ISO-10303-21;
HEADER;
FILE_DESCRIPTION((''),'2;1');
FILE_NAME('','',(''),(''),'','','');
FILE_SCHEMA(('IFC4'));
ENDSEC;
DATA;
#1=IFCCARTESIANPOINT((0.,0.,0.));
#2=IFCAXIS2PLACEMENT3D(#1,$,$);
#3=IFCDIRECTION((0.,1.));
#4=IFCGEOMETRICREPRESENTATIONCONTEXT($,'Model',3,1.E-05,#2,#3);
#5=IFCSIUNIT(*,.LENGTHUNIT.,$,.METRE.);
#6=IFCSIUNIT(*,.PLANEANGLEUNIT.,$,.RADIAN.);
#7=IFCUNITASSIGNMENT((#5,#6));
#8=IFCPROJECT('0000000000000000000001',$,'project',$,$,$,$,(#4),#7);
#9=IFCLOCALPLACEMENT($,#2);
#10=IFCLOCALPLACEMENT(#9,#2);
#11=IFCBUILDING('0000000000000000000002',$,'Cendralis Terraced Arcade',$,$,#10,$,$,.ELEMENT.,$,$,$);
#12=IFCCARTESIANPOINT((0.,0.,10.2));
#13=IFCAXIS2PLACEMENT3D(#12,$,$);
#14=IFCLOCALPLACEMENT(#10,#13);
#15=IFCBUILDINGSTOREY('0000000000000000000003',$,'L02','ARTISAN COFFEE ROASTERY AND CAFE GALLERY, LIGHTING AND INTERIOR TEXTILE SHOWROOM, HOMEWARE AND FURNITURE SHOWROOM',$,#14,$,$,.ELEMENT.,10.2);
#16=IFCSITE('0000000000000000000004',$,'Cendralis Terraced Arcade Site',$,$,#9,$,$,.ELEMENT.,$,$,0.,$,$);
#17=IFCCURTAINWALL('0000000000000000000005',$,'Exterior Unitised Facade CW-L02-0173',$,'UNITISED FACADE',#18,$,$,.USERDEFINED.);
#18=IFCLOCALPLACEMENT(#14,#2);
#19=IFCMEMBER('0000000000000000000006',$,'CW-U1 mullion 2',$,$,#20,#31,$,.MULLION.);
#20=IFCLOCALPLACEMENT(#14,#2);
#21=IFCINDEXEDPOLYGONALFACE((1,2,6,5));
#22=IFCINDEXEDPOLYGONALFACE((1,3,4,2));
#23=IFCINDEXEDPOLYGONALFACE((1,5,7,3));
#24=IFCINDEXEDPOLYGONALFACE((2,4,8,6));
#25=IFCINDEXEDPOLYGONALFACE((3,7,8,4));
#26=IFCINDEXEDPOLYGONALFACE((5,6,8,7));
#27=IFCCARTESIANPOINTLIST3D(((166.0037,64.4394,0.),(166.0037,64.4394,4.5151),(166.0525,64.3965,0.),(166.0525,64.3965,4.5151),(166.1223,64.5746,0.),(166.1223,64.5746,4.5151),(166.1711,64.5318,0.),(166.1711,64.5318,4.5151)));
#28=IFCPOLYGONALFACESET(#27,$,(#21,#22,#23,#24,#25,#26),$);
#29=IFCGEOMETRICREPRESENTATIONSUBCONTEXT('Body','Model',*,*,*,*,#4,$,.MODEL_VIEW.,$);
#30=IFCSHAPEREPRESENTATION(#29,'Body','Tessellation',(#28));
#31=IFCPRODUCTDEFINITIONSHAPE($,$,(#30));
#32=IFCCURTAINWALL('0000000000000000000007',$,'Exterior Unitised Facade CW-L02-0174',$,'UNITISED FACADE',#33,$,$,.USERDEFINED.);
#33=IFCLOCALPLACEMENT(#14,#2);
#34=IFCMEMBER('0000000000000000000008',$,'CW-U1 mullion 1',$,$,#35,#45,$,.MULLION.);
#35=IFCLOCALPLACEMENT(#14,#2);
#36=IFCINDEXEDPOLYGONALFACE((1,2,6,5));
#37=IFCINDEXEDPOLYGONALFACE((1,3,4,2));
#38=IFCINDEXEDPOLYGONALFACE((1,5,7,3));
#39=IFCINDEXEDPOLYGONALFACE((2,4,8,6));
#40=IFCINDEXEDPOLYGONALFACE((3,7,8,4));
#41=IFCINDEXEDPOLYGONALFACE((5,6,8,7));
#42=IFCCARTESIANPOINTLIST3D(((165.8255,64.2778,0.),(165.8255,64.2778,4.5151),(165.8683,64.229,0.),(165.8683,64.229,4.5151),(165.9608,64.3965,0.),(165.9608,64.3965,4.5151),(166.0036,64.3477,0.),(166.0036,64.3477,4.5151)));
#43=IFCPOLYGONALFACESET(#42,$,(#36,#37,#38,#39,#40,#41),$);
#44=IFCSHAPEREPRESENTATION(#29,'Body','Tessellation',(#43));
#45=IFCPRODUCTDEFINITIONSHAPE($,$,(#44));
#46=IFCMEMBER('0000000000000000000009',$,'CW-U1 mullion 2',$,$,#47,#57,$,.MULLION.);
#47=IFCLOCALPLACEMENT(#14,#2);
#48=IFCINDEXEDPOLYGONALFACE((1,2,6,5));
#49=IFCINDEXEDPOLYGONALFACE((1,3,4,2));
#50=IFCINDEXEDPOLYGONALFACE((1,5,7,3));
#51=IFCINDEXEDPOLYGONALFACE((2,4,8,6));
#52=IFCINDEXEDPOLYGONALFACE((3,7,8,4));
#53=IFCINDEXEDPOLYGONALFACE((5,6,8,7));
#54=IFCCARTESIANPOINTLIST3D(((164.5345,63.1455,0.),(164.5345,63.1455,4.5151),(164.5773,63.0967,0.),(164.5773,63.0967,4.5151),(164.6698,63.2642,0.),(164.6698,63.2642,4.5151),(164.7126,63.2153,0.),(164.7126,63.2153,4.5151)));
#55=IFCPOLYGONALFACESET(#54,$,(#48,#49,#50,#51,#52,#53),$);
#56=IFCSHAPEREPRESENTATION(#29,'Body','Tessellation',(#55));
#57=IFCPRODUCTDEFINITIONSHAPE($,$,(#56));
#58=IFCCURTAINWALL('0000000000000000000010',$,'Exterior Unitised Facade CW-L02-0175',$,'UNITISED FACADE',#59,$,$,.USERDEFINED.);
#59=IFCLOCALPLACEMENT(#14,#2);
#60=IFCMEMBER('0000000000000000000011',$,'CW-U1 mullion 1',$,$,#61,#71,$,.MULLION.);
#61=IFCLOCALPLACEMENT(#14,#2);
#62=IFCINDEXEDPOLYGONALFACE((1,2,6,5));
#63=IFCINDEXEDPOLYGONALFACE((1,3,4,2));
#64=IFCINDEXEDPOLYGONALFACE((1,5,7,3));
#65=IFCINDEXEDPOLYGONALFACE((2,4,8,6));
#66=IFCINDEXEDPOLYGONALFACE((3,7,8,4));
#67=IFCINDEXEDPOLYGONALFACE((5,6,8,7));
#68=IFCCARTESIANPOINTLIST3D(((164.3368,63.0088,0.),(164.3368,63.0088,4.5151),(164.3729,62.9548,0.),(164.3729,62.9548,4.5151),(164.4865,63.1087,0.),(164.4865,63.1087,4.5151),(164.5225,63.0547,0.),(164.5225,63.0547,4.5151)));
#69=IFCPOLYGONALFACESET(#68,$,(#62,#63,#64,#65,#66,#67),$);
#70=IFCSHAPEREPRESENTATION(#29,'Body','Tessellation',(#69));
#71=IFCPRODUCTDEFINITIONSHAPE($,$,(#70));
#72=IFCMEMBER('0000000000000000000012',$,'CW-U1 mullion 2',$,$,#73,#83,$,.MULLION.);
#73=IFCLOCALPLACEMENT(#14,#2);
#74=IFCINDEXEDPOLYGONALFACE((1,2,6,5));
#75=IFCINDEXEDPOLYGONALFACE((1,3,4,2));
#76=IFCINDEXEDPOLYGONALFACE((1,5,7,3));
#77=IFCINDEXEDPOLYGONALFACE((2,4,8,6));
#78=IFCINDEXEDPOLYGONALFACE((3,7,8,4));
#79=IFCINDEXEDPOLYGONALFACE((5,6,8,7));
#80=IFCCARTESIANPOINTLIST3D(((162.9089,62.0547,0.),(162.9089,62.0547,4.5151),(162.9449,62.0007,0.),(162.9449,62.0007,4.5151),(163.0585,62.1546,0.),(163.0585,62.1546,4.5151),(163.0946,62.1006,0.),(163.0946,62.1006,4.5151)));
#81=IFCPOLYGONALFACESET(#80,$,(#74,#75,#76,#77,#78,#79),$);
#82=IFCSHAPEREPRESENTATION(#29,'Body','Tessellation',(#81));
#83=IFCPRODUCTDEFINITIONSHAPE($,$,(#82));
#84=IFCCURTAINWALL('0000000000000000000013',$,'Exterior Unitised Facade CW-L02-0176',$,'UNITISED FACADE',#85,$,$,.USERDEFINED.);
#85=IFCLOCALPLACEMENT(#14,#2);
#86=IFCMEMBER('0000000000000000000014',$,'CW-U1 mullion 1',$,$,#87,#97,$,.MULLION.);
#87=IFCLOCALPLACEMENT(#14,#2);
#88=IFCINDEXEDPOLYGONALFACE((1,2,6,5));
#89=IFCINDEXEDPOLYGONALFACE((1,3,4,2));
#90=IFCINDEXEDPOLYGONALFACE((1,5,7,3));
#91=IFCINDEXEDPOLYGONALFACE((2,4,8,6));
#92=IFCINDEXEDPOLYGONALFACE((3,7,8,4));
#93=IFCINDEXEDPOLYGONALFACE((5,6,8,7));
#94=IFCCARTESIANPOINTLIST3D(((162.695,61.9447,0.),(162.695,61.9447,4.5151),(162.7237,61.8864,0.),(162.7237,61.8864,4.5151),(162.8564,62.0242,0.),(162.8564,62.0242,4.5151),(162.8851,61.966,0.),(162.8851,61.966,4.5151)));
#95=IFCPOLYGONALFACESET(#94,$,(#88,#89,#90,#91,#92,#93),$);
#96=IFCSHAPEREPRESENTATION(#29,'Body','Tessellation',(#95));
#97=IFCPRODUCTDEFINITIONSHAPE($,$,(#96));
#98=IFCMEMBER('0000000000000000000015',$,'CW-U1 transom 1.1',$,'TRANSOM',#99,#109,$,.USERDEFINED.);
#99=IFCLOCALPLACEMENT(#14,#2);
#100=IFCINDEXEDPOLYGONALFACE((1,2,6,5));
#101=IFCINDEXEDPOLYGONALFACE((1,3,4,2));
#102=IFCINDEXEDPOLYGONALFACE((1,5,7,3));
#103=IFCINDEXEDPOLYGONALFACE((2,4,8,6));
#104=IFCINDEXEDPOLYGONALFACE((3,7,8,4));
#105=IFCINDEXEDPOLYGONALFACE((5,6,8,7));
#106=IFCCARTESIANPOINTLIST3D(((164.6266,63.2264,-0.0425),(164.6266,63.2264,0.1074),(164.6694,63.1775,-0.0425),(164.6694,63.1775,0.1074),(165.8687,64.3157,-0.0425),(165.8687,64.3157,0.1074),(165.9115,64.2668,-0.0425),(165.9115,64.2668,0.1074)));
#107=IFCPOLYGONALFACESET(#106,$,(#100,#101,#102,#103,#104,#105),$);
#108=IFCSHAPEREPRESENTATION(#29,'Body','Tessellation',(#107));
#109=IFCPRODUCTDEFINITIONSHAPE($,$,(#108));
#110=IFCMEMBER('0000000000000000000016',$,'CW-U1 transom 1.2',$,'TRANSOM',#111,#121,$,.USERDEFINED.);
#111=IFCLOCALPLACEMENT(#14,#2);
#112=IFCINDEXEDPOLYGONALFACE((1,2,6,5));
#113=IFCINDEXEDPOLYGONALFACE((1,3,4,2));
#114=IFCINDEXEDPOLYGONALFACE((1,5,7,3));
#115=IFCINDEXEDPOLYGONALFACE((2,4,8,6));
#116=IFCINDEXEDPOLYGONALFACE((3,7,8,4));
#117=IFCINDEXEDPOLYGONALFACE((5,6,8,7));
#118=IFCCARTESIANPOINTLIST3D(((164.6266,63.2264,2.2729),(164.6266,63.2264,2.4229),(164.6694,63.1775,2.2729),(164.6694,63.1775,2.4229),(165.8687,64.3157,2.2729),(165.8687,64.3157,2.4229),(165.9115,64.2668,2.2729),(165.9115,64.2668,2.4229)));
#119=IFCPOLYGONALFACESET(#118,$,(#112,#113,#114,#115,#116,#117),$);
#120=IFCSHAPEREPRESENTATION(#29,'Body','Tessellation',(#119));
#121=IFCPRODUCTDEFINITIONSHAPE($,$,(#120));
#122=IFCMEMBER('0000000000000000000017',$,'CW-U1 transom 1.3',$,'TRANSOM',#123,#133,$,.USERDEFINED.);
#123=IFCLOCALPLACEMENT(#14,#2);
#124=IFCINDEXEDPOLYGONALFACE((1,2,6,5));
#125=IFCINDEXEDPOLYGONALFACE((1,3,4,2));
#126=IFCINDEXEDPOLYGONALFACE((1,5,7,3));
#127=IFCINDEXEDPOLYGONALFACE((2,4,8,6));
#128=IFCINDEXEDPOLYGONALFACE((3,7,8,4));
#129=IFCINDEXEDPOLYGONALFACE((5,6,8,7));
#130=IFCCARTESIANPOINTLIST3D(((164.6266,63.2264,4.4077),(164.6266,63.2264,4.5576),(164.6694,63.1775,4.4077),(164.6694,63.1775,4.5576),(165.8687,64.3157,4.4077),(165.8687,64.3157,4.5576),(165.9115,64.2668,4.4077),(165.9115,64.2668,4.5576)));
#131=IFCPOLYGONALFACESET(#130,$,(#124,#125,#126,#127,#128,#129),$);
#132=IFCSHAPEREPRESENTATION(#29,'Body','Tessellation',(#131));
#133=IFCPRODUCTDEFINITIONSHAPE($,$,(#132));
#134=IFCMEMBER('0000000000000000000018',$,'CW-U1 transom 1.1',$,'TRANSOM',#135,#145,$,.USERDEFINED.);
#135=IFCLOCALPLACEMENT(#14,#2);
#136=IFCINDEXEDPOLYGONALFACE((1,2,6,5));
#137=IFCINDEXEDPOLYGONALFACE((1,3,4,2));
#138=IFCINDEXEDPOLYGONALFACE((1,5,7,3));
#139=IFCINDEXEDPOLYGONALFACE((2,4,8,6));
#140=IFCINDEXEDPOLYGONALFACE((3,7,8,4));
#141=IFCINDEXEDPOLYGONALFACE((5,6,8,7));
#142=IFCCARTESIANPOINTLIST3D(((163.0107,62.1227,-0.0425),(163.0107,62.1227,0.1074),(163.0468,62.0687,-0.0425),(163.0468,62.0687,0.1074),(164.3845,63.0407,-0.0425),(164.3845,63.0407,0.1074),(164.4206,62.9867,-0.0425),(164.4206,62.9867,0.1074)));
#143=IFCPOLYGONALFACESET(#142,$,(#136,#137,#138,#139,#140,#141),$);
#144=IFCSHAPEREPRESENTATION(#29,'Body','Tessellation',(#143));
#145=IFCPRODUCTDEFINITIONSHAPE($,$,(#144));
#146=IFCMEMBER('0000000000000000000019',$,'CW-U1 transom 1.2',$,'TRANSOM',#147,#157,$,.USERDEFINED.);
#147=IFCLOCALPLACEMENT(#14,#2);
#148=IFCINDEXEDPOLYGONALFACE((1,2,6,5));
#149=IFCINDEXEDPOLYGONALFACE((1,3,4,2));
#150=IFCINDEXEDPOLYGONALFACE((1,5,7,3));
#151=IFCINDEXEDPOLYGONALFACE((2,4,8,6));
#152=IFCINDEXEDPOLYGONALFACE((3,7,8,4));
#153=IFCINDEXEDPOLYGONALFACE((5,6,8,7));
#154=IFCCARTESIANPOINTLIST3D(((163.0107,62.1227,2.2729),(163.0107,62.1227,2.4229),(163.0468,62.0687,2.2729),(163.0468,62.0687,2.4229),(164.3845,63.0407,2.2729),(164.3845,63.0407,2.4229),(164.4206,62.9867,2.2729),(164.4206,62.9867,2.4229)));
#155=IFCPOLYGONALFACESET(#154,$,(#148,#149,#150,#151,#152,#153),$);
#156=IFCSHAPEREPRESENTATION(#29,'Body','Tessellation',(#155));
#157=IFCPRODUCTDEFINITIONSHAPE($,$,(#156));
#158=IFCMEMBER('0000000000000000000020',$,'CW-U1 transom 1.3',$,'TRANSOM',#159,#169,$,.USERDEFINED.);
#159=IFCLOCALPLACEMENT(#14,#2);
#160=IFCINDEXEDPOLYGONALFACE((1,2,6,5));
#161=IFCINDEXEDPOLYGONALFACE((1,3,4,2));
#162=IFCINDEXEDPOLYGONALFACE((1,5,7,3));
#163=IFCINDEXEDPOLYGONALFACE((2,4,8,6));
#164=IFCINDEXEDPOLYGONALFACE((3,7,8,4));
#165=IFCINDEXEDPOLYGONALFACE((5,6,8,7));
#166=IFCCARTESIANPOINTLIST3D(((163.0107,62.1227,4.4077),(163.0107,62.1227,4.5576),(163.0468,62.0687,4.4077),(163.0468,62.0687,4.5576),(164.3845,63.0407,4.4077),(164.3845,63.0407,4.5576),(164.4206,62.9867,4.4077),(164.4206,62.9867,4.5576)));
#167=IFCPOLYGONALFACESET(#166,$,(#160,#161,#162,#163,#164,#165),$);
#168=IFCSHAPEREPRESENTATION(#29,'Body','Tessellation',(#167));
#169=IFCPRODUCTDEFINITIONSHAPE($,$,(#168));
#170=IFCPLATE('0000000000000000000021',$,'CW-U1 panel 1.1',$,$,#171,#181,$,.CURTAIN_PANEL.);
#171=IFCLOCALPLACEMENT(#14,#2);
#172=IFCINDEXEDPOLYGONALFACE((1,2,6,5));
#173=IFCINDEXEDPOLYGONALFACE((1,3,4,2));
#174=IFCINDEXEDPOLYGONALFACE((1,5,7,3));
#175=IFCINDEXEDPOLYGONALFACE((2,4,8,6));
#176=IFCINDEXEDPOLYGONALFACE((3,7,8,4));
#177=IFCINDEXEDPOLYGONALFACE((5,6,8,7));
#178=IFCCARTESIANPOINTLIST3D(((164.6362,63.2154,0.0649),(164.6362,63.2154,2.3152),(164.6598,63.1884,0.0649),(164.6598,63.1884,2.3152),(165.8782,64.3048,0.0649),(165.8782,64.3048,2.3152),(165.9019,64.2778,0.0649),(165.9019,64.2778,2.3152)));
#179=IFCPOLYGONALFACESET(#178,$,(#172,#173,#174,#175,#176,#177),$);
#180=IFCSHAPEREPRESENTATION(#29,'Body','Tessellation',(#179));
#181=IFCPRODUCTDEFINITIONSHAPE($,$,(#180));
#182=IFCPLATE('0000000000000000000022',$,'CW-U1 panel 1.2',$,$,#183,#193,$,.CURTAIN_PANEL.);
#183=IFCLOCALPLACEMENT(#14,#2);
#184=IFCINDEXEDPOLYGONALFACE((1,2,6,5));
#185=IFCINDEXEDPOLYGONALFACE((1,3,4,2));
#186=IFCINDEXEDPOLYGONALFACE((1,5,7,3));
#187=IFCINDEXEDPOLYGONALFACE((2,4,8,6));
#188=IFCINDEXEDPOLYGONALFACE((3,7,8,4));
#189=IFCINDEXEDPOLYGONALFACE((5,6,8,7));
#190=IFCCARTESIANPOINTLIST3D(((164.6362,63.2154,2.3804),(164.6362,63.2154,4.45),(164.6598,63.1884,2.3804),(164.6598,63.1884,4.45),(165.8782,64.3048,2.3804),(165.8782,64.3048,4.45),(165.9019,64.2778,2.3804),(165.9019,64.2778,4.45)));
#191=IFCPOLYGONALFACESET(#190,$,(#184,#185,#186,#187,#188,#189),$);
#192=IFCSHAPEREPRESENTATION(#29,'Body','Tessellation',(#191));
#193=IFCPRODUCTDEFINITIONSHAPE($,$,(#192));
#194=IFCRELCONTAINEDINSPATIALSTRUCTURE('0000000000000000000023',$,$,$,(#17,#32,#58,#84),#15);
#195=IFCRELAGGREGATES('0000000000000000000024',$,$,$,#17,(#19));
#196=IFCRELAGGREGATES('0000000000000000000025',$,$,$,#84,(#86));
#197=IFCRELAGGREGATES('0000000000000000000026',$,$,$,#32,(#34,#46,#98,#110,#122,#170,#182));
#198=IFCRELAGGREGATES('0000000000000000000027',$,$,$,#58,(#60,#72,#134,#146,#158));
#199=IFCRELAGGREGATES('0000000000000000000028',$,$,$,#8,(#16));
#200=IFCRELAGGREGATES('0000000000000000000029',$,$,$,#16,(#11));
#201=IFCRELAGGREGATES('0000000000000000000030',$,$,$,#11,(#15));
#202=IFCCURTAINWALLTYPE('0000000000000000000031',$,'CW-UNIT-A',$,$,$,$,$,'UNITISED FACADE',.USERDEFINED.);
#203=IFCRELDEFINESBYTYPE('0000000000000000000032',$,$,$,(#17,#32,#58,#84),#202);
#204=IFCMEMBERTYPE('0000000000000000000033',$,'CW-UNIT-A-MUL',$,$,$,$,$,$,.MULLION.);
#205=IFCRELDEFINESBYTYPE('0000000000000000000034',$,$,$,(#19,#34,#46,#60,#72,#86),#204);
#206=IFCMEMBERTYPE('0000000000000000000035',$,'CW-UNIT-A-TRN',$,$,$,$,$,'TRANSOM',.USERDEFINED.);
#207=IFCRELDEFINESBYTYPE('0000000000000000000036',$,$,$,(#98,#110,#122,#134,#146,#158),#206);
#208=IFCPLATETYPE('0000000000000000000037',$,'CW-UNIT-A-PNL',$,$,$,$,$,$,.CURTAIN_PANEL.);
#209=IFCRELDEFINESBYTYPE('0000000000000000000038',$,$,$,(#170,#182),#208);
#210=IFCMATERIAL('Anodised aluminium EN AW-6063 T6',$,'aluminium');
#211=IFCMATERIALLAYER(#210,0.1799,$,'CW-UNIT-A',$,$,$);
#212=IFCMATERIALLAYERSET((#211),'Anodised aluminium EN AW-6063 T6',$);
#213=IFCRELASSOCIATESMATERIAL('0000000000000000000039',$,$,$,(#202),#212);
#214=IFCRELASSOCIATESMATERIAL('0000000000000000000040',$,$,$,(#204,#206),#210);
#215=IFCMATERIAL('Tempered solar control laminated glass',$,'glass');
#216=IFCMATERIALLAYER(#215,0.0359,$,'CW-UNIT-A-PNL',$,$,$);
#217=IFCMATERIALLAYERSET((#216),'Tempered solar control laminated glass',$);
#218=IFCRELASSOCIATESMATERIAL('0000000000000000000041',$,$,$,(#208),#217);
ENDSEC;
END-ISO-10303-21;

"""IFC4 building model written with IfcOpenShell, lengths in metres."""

from ifc_helpers import new_model, si_unit, direction, frame, origin, origin_2d, place, context, subcontext, project, spatial, rectangle, extrude, material, layer, layer_set, material_profile, profile_set, type_object, element, aggregate, save


model = new_model("IFC4")

# Units and contexts
model_context = context("Model", 3, precision=1e-05, world=origin(), true_north=direction((0.0, 1.0)))
body_context = subcontext(model_context, "Body", "Model", "MODEL_VIEW")
ifc_project = project(units=[si_unit("LENGTHUNIT", "METRE"), si_unit("PLANEANGLEUNIT", "RADIAN")], contexts=[model_context])

# Site, building, storey
site_placement = place(None, origin())
site = spatial("IfcSite", under=ifc_project, at=site_placement, Name="Cendralis Terraced Arcade Site", CompositionType="ELEMENT", RefElevation=0.0)
building_placement = place(site_placement, origin())
building = spatial("IfcBuilding", under=site, at=building_placement, Name="Cendralis Terraced Arcade", CompositionType="ELEMENT")
storey_placement = place(building_placement, frame((0.0, 0.0, 10.2)))
storey = spatial("IfcBuildingStorey", under=building, at=storey_placement, Name="L02", Description="ARTISAN COFFEE ROASTERY AND CAFE GALLERY, LIGHTING AND INTERIOR TEXTILE SHOWROOM, HOMEWARE AND FURNITURE SHOWROOM", CompositionType="ELEMENT", Elevation=10.2)

# Curtain wall, member
ifc_material_1 = material(Name="Anodised aluminium EN AW-6063 T6", Category="aluminium")
ifc_layer_1 = layer(ifc_material_1, 0.1799, Name="CW-UNIT-A")
ifc_layer_set_1 = layer_set([ifc_layer_1], Name="Anodised aluminium EN AW-6063 T6")
curtain_wall_type = type_object("IfcCurtainWallType", Name="CW-UNIT-A", ElementType="UNITISED FACADE", PredefinedType="USERDEFINED", material=ifc_layer_set_1)
curtain_wall_1_placement = place(storey_placement, origin())
curtain_wall_1 = element("IfcCurtainWall", 1, at=curtain_wall_1_placement, inside=storey, type_object=curtain_wall_type, Name="Exterior Unitised Facade CW-L02-0173", ObjectType="UNITISED FACADE", PredefinedType="USERDEFINED")
ifc_material_profile_1 = material_profile(ifc_material_1, rectangle(XDim=0.0649, YDim=0.1799, at=origin_2d()), Name="ALU-MUL-65x180")
ifc_profile_set_1 = profile_set([ifc_material_profile_1], Name="Anodised aluminium EN AW-6063 T6")
member_type_1 = type_object("IfcMemberType", Name="CW-UNIT-A-MUL", PredefinedType="MULLION", material=ifc_profile_set_1)
member_1_placement = place(storey_placement, frame((166.0874, 64.4856, 0.0), z_axis=(0.0, 0.0, 1.0), x_axis=(0.751804, -0.659386, 0.0)))
member_1 = element("IfcMember", 2, at=member_1_placement, type_object=member_type_1, Name="CW-U1 mullion 2", PredefinedType="MULLION", context=body_context, shape_type="SweptSolid", body=[
    extrude(rectangle(XDim=0.0649, YDim=0.1799, at=origin_2d()), origin(), (0.0, 0.0, 1.0), 4.5151),
])
aggregate(curtain_wall_1, [member_1])

# Curtain walls, members
curtain_wall_2_placement = place(storey_placement, origin())
curtain_wall_2 = element("IfcCurtainWall", 3, at=curtain_wall_2_placement, inside=storey, type_object=curtain_wall_type, Name="Exterior Unitised Facade CW-L02-0174", ObjectType="UNITISED FACADE", PredefinedType="USERDEFINED")
member_2_placement = place(storey_placement, frame((165.9146, 64.3127, 0.0), z_axis=(0.0, 0.0, 1.0), x_axis=(0.659386, -0.751804, 0.0)))
member_2 = element("IfcMember", 4, at=member_2_placement, type_object=member_type_1, Name="CW-U1 mullion 1", PredefinedType="MULLION", context=body_context, shape_type="SweptSolid", body=[
    extrude(rectangle(XDim=0.0649, YDim=0.1799, at=origin_2d()), origin(), (0.0, 0.0, 1.0), 4.5151),
])
member_3_placement = place(storey_placement, frame((164.6235, 63.1804, 0.0), z_axis=(0.0, 0.0, 1.0), x_axis=(0.659386, -0.751804, 0.0)))
member_3 = element("IfcMember", 5, at=member_3_placement, type_object=member_type_1, Name="CW-U1 mullion 2", PredefinedType="MULLION", context=body_context, shape_type="SweptSolid", body=[
    extrude(rectangle(XDim=0.0649, YDim=0.1799, at=origin_2d()), origin(), (0.0, 0.0, 1.0), 4.5151),
])
curtain_wall_3_placement = place(storey_placement, origin())
curtain_wall_3 = element("IfcCurtainWall", 6, at=curtain_wall_3_placement, inside=storey, type_object=curtain_wall_type, Name="Exterior Unitised Facade CW-L02-0175", ObjectType="UNITISED FACADE", PredefinedType="USERDEFINED")
member_4_placement = place(storey_placement, frame((164.4297, 63.0317, 0.0), z_axis=(0.0, 0.0, 1.0), x_axis=(0.555567, -0.831471, 0.0)))
member_4 = element("IfcMember", 7, at=member_4_placement, type_object=member_type_1, Name="CW-U1 mullion 1", PredefinedType="MULLION", context=body_context, shape_type="SweptSolid", body=[
    extrude(rectangle(XDim=0.0649, YDim=0.1799, at=origin_2d()), origin(), (0.0, 0.0, 1.0), 4.5151),
])
member_5_placement = place(storey_placement, frame((163.0017, 62.0776, 0.0), z_axis=(0.0, 0.0, 1.0), x_axis=(0.555567, -0.831471, 0.0)))
member_5 = element("IfcMember", 8, at=member_5_placement, type_object=member_type_1, Name="CW-U1 mullion 2", PredefinedType="MULLION", context=body_context, shape_type="SweptSolid", body=[
    extrude(rectangle(XDim=0.0649, YDim=0.1799, at=origin_2d()), origin(), (0.0, 0.0, 1.0), 4.5151),
])

# Curtain wall, member
curtain_wall_4_placement = place(storey_placement, origin())
curtain_wall_4 = element("IfcCurtainWall", 9, at=curtain_wall_4_placement, inside=storey, type_object=curtain_wall_type, Name="Exterior Unitised Facade CW-L02-0176", ObjectType="UNITISED FACADE", PredefinedType="USERDEFINED")
member_6_placement = place(storey_placement, frame((162.79, 61.9553, 0.0), z_axis=(0.0, 0.0, 1.0), x_axis=(0.442291, -0.896871, 0.0)))
member_6 = element("IfcMember", 10, at=member_6_placement, type_object=member_type_1, Name="CW-U1 mullion 1", PredefinedType="MULLION", context=body_context, shape_type="SweptSolid", body=[
    extrude(rectangle(XDim=0.0649, YDim=0.1799, at=origin_2d()), origin(), (0.0, 0.0, 1.0), 4.5151),
])
aggregate(curtain_wall_4, [member_6])

# Members
ifc_material_profile_2 = material_profile(ifc_material_1, rectangle(XDim=0.0649, YDim=0.1499, at=origin_2d()), Name="ALU-TRN-65x150")
ifc_profile_set_2 = profile_set([ifc_material_profile_2], Name="Anodised aluminium EN AW-6063 T6")
member_type_2 = type_object("IfcMemberType", Name="CW-UNIT-A-TRN", ElementType="TRANSOM", PredefinedType="USERDEFINED", material=ifc_profile_set_2)
member_7_placement = place(storey_placement, frame((165.8901, 64.2913, 0.0325), z_axis=(-0.751844, -0.659341, 0.0), x_axis=(0.659341, -0.751844, 0.0)))
member_7 = element("IfcMember", 11, at=member_7_placement, type_object=member_type_2, Name="CW-U1 transom 1.1", ObjectType="TRANSOM", PredefinedType="USERDEFINED", context=body_context, shape_type="SweptSolid", body=[
    extrude(rectangle(XDim=0.0649, YDim=0.1499, at=origin_2d()), origin(), (0.0, 0.0, 1.0), 1.6521),
])
member_8_placement = place(storey_placement, frame((165.8901, 64.2913, 2.3479), z_axis=(-0.751844, -0.659341, 0.0), x_axis=(0.659341, -0.751844, 0.0)))
member_8 = element("IfcMember", 12, at=member_8_placement, type_object=member_type_2, Name="CW-U1 transom 1.2", ObjectType="TRANSOM", PredefinedType="USERDEFINED", context=body_context, shape_type="SweptSolid", body=[
    extrude(rectangle(XDim=0.0649, YDim=0.1499, at=origin_2d()), origin(), (0.0, 0.0, 1.0), 1.6521),
])
member_9_placement = place(storey_placement, frame((165.8901, 64.2913, 4.4827), z_axis=(-0.751844, -0.659341, 0.0), x_axis=(0.659341, -0.751844, 0.0)))
member_9 = element("IfcMember", 13, at=member_9_placement, type_object=member_type_2, Name="CW-U1 transom 1.3", ObjectType="TRANSOM", PredefinedType="USERDEFINED", context=body_context, shape_type="SweptSolid", body=[
    extrude(rectangle(XDim=0.0649, YDim=0.1499, at=origin_2d()), origin(), (0.0, 0.0, 1.0), 1.6521),
])
member_10_placement = place(storey_placement, frame((164.4026, 63.0137, 0.0325), z_axis=(-0.831459, -0.555586, 0.0), x_axis=(0.555586, -0.831459, 0.0)))
member_10 = element("IfcMember", 14, at=member_10_placement, type_object=member_type_2, Name="CW-U1 transom 1.1", ObjectType="TRANSOM", PredefinedType="USERDEFINED", context=body_context, shape_type="SweptSolid", body=[
    extrude(rectangle(XDim=0.0649, YDim=0.1499, at=origin_2d()), origin(), (0.0, 0.0, 1.0), 1.6523),
])
member_11_placement = place(storey_placement, frame((164.4026, 63.0137, 2.3479), z_axis=(-0.831459, -0.555586, 0.0), x_axis=(0.555586, -0.831459, 0.0)))
member_11 = element("IfcMember", 15, at=member_11_placement, type_object=member_type_2, Name="CW-U1 transom 1.2", ObjectType="TRANSOM", PredefinedType="USERDEFINED", context=body_context, shape_type="SweptSolid", body=[
    extrude(rectangle(XDim=0.0649, YDim=0.1499, at=origin_2d()), origin(), (0.0, 0.0, 1.0), 1.6523),
])
member_12_placement = place(storey_placement, frame((164.4026, 63.0137, 4.4827), z_axis=(-0.831459, -0.555586, 0.0), x_axis=(0.555586, -0.831459, 0.0)))
member_12 = element("IfcMember", 16, at=member_12_placement, type_object=member_type_2, Name="CW-U1 transom 1.3", ObjectType="TRANSOM", PredefinedType="USERDEFINED", context=body_context, shape_type="SweptSolid", body=[
    extrude(rectangle(XDim=0.0649, YDim=0.1499, at=origin_2d()), origin(), (0.0, 0.0, 1.0), 1.6523),
])

# Plates
ifc_material_2 = material(Name="Tempered solar control laminated glass", Category="glass")
ifc_layer_2 = layer(ifc_material_2, 0.0359, Name="CW-UNIT-A-PNL")
ifc_layer_set_2 = layer_set([ifc_layer_2], Name="Tempered solar control laminated glass")
plate_type = type_object("IfcPlateType", Name="CW-UNIT-A-PNL", PredefinedType="CURTAIN_PANEL", material=ifc_layer_set_2)
plate_1_placement = place(storey_placement, frame((165.269, 63.7466, 0.0649), z_axis=(0.0, 0.0, 1.0), x_axis=(-0.751804, -0.659386, 0.0)))
plate_1 = element("IfcPlate", 17, at=plate_1_placement, type_object=plate_type, Name="CW-U1 panel 1.1", PredefinedType="CURTAIN_PANEL", context=body_context, shape_type="SweptSolid", body=[
    extrude(rectangle(XDim=1.6521, YDim=0.0359, at=origin_2d()), origin(), (0.0, 0.0, 1.0), 2.2502),
])
plate_2_placement = place(storey_placement, frame((165.269, 63.7466, 2.3804), z_axis=(0.0, 0.0, 1.0), x_axis=(-0.751804, -0.659386, 0.0)))
plate_2 = element("IfcPlate", 18, at=plate_2_placement, type_object=plate_type, Name="CW-U1 panel 1.2", PredefinedType="CURTAIN_PANEL", context=body_context, shape_type="SweptSolid", body=[
    extrude(rectangle(XDim=1.6521, YDim=0.0359, at=origin_2d()), origin(), (0.0, 0.0, 1.0), 2.0696),
])
aggregate(curtain_wall_2, [member_2, member_3, member_7, member_8, member_9, plate_1, plate_2])
aggregate(curtain_wall_3, [member_4, member_5, member_10, member_11, member_12])

save(model, "model.ifc")
